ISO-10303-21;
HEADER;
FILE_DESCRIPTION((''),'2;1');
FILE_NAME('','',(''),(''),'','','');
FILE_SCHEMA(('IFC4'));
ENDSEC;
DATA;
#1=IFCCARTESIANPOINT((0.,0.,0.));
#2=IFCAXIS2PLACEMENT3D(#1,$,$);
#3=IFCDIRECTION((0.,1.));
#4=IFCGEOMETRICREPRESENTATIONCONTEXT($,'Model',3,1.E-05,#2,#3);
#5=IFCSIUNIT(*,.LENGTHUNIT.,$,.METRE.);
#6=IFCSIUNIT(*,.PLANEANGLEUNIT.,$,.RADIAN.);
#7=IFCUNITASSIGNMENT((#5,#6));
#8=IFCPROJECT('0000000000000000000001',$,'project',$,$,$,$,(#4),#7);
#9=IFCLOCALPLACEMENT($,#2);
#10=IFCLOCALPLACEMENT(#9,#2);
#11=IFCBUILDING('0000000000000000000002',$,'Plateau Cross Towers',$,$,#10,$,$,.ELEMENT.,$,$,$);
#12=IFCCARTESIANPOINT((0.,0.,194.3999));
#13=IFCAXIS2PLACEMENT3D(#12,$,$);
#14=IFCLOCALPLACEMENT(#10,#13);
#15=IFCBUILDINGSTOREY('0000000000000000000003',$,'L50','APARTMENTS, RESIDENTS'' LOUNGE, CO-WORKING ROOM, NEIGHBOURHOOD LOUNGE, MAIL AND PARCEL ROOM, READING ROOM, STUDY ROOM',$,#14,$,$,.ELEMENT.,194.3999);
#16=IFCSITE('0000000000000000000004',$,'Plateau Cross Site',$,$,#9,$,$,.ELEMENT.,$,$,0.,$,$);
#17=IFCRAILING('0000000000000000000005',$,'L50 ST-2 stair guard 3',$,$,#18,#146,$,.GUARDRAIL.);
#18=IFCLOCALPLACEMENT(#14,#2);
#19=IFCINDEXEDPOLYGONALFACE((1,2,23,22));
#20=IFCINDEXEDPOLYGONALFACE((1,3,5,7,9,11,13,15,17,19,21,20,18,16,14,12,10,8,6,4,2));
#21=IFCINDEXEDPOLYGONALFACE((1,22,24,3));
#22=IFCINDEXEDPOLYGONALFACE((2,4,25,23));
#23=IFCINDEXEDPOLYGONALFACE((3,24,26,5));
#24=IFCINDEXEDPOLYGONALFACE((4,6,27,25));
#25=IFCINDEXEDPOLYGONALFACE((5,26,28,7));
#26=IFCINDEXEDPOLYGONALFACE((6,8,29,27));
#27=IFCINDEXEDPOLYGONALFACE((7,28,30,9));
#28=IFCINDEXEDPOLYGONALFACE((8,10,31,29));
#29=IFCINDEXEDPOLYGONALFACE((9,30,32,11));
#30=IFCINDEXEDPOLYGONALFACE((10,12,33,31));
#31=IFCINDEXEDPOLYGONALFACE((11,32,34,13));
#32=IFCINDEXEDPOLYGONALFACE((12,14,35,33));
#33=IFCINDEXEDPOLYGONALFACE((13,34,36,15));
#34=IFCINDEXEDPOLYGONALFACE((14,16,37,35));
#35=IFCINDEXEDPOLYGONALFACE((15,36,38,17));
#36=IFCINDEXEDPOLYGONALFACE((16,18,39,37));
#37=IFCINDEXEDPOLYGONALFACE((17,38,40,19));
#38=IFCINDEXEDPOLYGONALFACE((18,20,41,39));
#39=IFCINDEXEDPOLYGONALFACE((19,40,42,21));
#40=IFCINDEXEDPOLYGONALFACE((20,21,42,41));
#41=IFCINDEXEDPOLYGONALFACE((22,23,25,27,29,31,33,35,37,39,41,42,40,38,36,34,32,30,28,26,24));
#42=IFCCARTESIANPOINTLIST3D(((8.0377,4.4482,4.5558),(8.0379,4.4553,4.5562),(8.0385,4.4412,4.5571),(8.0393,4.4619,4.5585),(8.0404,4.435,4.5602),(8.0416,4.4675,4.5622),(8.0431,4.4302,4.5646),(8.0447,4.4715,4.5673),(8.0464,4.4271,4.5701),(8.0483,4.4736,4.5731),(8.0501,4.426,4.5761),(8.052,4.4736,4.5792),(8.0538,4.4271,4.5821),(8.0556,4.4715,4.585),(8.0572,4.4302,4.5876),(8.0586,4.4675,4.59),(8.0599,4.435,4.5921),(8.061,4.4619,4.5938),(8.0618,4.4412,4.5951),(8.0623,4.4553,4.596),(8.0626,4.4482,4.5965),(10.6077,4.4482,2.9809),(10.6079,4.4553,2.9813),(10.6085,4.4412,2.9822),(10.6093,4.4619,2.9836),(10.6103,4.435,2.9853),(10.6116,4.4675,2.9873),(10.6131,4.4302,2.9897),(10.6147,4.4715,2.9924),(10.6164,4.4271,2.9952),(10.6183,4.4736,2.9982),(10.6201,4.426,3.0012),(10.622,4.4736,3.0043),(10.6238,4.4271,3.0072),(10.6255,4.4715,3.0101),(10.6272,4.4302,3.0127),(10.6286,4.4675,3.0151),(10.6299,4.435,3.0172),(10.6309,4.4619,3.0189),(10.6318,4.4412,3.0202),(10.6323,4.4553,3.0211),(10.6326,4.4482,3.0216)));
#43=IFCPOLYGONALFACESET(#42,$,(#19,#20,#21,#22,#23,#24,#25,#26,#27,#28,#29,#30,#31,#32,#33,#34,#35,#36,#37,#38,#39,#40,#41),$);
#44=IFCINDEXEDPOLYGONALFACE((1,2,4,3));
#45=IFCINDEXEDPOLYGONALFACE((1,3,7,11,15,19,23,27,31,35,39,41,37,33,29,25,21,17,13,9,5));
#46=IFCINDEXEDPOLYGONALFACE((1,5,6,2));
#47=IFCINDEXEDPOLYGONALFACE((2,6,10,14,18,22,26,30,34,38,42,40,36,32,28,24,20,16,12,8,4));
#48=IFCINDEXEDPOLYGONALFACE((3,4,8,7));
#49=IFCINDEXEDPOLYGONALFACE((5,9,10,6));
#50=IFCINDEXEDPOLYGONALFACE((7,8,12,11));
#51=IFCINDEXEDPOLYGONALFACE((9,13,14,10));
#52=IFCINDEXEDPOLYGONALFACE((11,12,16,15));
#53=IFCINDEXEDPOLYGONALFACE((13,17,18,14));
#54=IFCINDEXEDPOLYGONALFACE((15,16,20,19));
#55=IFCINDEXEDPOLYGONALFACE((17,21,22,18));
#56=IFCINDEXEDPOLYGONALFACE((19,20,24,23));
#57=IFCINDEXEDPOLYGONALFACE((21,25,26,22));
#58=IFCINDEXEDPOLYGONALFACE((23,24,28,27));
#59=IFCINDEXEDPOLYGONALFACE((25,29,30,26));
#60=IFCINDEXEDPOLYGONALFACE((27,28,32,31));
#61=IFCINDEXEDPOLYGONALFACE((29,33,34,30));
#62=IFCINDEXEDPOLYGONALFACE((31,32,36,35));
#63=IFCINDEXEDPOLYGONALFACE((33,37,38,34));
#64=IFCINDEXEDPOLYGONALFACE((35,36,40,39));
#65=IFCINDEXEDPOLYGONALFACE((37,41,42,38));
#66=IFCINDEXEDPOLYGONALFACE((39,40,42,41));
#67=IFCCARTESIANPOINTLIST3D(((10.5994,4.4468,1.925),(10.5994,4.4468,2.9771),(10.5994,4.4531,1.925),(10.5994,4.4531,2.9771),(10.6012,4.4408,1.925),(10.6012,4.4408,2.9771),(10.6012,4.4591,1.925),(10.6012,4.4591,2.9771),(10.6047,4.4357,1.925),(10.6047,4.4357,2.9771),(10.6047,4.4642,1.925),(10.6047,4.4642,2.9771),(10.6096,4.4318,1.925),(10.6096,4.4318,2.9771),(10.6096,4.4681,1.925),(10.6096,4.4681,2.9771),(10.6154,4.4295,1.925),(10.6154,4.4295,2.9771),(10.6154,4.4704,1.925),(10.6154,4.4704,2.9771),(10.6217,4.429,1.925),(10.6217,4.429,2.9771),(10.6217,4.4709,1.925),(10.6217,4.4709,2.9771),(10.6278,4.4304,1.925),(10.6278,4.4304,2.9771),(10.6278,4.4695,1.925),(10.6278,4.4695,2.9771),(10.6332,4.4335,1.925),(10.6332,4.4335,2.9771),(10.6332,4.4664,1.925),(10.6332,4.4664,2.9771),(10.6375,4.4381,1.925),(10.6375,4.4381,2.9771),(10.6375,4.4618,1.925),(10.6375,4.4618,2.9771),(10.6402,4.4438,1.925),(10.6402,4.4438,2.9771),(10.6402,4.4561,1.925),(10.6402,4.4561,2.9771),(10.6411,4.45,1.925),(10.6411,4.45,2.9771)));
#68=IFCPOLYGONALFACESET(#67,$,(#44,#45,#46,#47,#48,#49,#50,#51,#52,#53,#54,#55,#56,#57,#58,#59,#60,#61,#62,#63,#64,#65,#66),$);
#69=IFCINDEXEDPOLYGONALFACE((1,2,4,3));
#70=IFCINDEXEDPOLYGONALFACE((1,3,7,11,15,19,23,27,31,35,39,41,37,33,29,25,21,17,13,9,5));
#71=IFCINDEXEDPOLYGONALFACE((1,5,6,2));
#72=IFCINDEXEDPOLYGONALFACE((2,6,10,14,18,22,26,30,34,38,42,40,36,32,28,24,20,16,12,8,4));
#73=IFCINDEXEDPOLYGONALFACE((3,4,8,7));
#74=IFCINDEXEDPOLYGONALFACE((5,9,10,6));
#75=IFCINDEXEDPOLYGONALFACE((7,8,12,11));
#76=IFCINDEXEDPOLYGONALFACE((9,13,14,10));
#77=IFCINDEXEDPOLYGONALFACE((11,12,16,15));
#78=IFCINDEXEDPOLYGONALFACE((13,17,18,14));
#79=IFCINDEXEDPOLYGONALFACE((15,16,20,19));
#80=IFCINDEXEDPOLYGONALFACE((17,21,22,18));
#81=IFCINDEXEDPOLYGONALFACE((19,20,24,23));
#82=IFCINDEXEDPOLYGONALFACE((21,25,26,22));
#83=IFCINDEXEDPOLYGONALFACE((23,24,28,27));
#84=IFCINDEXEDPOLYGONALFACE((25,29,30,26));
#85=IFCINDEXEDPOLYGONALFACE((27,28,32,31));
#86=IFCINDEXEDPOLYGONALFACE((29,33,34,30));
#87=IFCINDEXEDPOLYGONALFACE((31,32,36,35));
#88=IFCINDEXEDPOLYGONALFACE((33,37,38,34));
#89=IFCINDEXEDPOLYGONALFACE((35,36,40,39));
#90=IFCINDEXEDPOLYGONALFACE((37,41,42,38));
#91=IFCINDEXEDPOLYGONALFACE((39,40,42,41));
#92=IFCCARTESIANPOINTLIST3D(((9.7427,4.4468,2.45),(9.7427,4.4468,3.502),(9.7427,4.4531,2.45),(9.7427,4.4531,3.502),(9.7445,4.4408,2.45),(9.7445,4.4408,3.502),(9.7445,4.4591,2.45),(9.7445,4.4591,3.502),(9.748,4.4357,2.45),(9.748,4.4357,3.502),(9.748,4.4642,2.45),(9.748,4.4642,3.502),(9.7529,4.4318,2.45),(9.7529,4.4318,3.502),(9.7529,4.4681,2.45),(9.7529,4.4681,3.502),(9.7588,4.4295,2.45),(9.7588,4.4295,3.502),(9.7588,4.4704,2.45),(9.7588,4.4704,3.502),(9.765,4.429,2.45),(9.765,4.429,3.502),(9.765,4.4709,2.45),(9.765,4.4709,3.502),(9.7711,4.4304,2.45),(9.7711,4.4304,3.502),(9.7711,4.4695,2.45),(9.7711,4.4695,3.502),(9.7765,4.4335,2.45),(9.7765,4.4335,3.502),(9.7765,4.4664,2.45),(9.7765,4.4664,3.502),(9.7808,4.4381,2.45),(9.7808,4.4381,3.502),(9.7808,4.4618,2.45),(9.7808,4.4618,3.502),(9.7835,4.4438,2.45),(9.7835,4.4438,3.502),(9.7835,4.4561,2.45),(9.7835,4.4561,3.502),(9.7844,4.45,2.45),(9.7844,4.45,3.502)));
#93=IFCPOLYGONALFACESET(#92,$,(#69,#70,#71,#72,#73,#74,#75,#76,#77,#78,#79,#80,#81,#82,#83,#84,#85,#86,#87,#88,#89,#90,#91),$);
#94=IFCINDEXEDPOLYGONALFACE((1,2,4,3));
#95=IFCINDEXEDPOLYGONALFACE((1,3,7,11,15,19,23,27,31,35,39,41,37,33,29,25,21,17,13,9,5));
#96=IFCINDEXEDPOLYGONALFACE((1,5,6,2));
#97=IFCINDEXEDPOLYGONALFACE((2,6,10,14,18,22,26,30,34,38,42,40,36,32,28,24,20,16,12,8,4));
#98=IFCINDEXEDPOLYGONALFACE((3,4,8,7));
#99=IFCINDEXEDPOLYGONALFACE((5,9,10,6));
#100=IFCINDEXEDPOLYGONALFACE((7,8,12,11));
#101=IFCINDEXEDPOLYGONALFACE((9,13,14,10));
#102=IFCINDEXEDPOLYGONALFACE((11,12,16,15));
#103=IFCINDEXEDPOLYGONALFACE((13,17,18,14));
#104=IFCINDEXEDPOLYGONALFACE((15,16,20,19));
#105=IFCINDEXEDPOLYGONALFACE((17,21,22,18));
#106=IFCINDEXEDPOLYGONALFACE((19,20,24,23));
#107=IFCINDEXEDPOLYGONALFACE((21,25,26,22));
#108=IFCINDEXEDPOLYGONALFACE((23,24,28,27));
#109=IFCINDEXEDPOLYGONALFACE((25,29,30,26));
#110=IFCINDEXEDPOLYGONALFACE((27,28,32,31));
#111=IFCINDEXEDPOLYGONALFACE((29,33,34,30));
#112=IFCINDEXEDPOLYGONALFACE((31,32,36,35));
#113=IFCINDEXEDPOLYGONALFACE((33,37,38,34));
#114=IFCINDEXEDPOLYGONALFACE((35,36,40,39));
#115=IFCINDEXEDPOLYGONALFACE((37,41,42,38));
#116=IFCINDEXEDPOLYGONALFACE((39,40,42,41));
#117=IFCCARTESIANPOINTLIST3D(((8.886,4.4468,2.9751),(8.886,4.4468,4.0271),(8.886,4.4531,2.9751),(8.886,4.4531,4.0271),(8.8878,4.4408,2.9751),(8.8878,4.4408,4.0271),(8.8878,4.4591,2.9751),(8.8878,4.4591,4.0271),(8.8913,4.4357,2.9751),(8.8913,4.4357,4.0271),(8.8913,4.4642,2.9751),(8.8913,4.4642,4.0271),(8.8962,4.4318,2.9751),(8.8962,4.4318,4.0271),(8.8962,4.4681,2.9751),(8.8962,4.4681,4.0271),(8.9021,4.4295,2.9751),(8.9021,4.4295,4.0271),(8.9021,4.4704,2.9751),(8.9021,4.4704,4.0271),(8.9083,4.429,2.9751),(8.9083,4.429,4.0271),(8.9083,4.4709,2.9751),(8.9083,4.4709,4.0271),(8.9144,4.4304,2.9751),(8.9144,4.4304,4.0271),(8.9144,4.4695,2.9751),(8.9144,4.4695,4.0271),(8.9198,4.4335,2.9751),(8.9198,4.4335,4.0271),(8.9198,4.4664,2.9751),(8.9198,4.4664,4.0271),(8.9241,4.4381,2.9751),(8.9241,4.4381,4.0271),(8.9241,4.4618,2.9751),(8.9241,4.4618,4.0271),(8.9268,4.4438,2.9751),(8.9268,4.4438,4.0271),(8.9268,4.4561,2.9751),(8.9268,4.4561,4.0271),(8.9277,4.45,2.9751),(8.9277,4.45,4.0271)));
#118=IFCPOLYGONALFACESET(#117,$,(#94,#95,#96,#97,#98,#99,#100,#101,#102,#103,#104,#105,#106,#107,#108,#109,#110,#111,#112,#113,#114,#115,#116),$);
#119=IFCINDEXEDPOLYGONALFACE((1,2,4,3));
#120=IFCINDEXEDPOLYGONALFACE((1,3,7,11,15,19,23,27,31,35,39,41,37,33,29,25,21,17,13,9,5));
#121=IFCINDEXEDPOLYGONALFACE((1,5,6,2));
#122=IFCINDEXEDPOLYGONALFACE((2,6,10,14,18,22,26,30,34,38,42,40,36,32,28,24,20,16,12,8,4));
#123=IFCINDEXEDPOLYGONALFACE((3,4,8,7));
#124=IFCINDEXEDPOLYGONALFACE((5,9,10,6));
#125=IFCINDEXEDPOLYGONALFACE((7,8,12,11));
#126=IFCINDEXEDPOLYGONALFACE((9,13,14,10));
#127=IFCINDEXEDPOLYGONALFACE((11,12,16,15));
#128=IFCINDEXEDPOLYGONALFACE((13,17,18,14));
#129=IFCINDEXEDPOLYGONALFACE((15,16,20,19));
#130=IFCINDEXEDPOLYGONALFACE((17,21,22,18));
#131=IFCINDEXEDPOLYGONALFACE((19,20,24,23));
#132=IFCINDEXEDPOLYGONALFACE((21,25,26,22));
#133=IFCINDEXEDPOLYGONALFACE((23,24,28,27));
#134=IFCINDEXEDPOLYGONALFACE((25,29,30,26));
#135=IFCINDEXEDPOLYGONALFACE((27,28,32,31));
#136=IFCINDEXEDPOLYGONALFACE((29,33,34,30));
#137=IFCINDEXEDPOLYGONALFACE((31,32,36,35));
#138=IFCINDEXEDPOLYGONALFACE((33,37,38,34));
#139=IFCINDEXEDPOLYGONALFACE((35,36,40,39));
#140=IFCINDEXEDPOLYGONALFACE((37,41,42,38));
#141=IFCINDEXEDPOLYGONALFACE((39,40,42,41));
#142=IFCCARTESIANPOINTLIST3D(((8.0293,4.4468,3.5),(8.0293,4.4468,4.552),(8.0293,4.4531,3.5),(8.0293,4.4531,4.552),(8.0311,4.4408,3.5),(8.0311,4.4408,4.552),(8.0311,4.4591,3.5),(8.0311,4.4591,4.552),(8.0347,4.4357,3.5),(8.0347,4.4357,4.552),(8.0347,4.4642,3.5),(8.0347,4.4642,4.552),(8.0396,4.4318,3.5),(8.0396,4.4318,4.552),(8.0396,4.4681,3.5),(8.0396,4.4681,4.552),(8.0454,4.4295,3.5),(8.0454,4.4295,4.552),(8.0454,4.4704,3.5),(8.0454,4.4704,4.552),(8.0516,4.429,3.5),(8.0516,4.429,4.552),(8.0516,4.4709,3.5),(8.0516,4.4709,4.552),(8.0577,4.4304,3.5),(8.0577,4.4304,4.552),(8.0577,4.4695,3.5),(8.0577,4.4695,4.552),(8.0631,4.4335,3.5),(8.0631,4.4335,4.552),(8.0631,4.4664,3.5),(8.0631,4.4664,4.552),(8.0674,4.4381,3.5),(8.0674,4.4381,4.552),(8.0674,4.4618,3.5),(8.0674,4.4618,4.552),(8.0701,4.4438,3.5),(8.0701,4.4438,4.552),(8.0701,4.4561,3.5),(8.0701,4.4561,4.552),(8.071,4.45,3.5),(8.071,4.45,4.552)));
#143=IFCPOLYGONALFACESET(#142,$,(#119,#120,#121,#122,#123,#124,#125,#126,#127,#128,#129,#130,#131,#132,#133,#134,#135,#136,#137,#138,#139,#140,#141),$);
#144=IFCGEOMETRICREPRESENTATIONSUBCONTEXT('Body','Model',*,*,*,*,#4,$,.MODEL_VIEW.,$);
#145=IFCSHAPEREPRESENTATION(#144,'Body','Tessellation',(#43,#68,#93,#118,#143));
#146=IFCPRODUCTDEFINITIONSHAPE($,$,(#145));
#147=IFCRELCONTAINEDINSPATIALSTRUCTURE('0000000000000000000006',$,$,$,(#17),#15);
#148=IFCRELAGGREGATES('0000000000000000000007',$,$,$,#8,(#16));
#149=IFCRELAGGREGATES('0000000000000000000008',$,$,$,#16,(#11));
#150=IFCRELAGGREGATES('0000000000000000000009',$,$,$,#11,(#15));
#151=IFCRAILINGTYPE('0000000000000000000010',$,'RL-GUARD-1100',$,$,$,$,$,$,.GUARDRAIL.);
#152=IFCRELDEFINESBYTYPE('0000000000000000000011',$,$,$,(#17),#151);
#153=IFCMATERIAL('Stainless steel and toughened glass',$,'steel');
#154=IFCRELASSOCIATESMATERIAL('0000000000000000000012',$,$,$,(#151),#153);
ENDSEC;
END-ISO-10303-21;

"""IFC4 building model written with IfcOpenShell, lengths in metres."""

from ifc_helpers import new_model, si_unit, direction, frame, origin, origin_2d, place, context, subcontext, project, spatial, circle, extrude, material, type_object, element, save


model = new_model("IFC4")

# Units and contexts
model_context = context("Model", 3, precision=1e-05, world=origin(), true_north=direction((0.0, 1.0)))
body_context = subcontext(model_context, "Body", "Model", "MODEL_VIEW")
ifc_project = project(units=[si_unit("LENGTHUNIT", "METRE"), si_unit("PLANEANGLEUNIT", "RADIAN")], contexts=[model_context])

# Site, building, storey
site_placement = place(None, origin())
site = spatial("IfcSite", under=ifc_project, at=site_placement, Name="Plateau Cross Site", CompositionType="ELEMENT", RefElevation=0.0)
building_placement = place(site_placement, origin())
building = spatial("IfcBuilding", under=site, at=building_placement, Name="Plateau Cross Towers", CompositionType="ELEMENT")
storey_placement = place(building_placement, frame((0.0, 0.0, 194.3999)))
storey = spatial("IfcBuildingStorey", under=building, at=storey_placement, Name="L50", Description="APARTMENTS, RESIDENTS' LOUNGE, CO-WORKING ROOM, NEIGHBOURHOOD LOUNGE, MAIL AND PARCEL ROOM, READING ROOM, STUDY ROOM", CompositionType="ELEMENT", Elevation=194.3999)

# Railing
ifc_material_1 = material(Name="Stainless steel and toughened glass", Category="steel")
railing_type_1 = type_object("IfcRailingType", Name="RL-GUARD-1100", PredefinedType="GUARDRAIL", material=ifc_material_1)
railing_1_placement = place(storey_placement, frame((10.6201, 4.45, 1.925)))
element("IfcRailing", 1, at=railing_1_placement, inside=storey, type_object=railing_type_1, Name="L50 ST-2 stair guard 3", PredefinedType="GUARDRAIL", context=body_context, shape_type="SweptSolid", body=[
    extrude(circle(Radius=0.0239, at=origin_2d()), frame((0.0, 0.0, 1.0762), z_axis=(-0.852639, 0.0, 0.522501), x_axis=(0.0, -1.0, 0.0)), (0.0, 0.0, 1.0), 3.0142),
    extrude(circle(Radius=0.021, at=origin_2d()), origin(), (0.0, 0.0, 1.0), 1.052),
    extrude(circle(Radius=0.021, at=origin_2d()), frame((-0.8567, 0.0, 0.5249)), (0.0, 0.0, 1.0), 1.052),
    extrude(circle(Radius=0.021, at=origin_2d()), frame((-1.7134, 0.0, 1.05)), (0.0, 0.0, 1.0), 1.052),
    extrude(circle(Radius=0.021, at=origin_2d()), frame((-2.5701, 0.0, 1.575)), (0.0, 0.0, 1.0), 1.052),
])

save(model, "model.ifc")
